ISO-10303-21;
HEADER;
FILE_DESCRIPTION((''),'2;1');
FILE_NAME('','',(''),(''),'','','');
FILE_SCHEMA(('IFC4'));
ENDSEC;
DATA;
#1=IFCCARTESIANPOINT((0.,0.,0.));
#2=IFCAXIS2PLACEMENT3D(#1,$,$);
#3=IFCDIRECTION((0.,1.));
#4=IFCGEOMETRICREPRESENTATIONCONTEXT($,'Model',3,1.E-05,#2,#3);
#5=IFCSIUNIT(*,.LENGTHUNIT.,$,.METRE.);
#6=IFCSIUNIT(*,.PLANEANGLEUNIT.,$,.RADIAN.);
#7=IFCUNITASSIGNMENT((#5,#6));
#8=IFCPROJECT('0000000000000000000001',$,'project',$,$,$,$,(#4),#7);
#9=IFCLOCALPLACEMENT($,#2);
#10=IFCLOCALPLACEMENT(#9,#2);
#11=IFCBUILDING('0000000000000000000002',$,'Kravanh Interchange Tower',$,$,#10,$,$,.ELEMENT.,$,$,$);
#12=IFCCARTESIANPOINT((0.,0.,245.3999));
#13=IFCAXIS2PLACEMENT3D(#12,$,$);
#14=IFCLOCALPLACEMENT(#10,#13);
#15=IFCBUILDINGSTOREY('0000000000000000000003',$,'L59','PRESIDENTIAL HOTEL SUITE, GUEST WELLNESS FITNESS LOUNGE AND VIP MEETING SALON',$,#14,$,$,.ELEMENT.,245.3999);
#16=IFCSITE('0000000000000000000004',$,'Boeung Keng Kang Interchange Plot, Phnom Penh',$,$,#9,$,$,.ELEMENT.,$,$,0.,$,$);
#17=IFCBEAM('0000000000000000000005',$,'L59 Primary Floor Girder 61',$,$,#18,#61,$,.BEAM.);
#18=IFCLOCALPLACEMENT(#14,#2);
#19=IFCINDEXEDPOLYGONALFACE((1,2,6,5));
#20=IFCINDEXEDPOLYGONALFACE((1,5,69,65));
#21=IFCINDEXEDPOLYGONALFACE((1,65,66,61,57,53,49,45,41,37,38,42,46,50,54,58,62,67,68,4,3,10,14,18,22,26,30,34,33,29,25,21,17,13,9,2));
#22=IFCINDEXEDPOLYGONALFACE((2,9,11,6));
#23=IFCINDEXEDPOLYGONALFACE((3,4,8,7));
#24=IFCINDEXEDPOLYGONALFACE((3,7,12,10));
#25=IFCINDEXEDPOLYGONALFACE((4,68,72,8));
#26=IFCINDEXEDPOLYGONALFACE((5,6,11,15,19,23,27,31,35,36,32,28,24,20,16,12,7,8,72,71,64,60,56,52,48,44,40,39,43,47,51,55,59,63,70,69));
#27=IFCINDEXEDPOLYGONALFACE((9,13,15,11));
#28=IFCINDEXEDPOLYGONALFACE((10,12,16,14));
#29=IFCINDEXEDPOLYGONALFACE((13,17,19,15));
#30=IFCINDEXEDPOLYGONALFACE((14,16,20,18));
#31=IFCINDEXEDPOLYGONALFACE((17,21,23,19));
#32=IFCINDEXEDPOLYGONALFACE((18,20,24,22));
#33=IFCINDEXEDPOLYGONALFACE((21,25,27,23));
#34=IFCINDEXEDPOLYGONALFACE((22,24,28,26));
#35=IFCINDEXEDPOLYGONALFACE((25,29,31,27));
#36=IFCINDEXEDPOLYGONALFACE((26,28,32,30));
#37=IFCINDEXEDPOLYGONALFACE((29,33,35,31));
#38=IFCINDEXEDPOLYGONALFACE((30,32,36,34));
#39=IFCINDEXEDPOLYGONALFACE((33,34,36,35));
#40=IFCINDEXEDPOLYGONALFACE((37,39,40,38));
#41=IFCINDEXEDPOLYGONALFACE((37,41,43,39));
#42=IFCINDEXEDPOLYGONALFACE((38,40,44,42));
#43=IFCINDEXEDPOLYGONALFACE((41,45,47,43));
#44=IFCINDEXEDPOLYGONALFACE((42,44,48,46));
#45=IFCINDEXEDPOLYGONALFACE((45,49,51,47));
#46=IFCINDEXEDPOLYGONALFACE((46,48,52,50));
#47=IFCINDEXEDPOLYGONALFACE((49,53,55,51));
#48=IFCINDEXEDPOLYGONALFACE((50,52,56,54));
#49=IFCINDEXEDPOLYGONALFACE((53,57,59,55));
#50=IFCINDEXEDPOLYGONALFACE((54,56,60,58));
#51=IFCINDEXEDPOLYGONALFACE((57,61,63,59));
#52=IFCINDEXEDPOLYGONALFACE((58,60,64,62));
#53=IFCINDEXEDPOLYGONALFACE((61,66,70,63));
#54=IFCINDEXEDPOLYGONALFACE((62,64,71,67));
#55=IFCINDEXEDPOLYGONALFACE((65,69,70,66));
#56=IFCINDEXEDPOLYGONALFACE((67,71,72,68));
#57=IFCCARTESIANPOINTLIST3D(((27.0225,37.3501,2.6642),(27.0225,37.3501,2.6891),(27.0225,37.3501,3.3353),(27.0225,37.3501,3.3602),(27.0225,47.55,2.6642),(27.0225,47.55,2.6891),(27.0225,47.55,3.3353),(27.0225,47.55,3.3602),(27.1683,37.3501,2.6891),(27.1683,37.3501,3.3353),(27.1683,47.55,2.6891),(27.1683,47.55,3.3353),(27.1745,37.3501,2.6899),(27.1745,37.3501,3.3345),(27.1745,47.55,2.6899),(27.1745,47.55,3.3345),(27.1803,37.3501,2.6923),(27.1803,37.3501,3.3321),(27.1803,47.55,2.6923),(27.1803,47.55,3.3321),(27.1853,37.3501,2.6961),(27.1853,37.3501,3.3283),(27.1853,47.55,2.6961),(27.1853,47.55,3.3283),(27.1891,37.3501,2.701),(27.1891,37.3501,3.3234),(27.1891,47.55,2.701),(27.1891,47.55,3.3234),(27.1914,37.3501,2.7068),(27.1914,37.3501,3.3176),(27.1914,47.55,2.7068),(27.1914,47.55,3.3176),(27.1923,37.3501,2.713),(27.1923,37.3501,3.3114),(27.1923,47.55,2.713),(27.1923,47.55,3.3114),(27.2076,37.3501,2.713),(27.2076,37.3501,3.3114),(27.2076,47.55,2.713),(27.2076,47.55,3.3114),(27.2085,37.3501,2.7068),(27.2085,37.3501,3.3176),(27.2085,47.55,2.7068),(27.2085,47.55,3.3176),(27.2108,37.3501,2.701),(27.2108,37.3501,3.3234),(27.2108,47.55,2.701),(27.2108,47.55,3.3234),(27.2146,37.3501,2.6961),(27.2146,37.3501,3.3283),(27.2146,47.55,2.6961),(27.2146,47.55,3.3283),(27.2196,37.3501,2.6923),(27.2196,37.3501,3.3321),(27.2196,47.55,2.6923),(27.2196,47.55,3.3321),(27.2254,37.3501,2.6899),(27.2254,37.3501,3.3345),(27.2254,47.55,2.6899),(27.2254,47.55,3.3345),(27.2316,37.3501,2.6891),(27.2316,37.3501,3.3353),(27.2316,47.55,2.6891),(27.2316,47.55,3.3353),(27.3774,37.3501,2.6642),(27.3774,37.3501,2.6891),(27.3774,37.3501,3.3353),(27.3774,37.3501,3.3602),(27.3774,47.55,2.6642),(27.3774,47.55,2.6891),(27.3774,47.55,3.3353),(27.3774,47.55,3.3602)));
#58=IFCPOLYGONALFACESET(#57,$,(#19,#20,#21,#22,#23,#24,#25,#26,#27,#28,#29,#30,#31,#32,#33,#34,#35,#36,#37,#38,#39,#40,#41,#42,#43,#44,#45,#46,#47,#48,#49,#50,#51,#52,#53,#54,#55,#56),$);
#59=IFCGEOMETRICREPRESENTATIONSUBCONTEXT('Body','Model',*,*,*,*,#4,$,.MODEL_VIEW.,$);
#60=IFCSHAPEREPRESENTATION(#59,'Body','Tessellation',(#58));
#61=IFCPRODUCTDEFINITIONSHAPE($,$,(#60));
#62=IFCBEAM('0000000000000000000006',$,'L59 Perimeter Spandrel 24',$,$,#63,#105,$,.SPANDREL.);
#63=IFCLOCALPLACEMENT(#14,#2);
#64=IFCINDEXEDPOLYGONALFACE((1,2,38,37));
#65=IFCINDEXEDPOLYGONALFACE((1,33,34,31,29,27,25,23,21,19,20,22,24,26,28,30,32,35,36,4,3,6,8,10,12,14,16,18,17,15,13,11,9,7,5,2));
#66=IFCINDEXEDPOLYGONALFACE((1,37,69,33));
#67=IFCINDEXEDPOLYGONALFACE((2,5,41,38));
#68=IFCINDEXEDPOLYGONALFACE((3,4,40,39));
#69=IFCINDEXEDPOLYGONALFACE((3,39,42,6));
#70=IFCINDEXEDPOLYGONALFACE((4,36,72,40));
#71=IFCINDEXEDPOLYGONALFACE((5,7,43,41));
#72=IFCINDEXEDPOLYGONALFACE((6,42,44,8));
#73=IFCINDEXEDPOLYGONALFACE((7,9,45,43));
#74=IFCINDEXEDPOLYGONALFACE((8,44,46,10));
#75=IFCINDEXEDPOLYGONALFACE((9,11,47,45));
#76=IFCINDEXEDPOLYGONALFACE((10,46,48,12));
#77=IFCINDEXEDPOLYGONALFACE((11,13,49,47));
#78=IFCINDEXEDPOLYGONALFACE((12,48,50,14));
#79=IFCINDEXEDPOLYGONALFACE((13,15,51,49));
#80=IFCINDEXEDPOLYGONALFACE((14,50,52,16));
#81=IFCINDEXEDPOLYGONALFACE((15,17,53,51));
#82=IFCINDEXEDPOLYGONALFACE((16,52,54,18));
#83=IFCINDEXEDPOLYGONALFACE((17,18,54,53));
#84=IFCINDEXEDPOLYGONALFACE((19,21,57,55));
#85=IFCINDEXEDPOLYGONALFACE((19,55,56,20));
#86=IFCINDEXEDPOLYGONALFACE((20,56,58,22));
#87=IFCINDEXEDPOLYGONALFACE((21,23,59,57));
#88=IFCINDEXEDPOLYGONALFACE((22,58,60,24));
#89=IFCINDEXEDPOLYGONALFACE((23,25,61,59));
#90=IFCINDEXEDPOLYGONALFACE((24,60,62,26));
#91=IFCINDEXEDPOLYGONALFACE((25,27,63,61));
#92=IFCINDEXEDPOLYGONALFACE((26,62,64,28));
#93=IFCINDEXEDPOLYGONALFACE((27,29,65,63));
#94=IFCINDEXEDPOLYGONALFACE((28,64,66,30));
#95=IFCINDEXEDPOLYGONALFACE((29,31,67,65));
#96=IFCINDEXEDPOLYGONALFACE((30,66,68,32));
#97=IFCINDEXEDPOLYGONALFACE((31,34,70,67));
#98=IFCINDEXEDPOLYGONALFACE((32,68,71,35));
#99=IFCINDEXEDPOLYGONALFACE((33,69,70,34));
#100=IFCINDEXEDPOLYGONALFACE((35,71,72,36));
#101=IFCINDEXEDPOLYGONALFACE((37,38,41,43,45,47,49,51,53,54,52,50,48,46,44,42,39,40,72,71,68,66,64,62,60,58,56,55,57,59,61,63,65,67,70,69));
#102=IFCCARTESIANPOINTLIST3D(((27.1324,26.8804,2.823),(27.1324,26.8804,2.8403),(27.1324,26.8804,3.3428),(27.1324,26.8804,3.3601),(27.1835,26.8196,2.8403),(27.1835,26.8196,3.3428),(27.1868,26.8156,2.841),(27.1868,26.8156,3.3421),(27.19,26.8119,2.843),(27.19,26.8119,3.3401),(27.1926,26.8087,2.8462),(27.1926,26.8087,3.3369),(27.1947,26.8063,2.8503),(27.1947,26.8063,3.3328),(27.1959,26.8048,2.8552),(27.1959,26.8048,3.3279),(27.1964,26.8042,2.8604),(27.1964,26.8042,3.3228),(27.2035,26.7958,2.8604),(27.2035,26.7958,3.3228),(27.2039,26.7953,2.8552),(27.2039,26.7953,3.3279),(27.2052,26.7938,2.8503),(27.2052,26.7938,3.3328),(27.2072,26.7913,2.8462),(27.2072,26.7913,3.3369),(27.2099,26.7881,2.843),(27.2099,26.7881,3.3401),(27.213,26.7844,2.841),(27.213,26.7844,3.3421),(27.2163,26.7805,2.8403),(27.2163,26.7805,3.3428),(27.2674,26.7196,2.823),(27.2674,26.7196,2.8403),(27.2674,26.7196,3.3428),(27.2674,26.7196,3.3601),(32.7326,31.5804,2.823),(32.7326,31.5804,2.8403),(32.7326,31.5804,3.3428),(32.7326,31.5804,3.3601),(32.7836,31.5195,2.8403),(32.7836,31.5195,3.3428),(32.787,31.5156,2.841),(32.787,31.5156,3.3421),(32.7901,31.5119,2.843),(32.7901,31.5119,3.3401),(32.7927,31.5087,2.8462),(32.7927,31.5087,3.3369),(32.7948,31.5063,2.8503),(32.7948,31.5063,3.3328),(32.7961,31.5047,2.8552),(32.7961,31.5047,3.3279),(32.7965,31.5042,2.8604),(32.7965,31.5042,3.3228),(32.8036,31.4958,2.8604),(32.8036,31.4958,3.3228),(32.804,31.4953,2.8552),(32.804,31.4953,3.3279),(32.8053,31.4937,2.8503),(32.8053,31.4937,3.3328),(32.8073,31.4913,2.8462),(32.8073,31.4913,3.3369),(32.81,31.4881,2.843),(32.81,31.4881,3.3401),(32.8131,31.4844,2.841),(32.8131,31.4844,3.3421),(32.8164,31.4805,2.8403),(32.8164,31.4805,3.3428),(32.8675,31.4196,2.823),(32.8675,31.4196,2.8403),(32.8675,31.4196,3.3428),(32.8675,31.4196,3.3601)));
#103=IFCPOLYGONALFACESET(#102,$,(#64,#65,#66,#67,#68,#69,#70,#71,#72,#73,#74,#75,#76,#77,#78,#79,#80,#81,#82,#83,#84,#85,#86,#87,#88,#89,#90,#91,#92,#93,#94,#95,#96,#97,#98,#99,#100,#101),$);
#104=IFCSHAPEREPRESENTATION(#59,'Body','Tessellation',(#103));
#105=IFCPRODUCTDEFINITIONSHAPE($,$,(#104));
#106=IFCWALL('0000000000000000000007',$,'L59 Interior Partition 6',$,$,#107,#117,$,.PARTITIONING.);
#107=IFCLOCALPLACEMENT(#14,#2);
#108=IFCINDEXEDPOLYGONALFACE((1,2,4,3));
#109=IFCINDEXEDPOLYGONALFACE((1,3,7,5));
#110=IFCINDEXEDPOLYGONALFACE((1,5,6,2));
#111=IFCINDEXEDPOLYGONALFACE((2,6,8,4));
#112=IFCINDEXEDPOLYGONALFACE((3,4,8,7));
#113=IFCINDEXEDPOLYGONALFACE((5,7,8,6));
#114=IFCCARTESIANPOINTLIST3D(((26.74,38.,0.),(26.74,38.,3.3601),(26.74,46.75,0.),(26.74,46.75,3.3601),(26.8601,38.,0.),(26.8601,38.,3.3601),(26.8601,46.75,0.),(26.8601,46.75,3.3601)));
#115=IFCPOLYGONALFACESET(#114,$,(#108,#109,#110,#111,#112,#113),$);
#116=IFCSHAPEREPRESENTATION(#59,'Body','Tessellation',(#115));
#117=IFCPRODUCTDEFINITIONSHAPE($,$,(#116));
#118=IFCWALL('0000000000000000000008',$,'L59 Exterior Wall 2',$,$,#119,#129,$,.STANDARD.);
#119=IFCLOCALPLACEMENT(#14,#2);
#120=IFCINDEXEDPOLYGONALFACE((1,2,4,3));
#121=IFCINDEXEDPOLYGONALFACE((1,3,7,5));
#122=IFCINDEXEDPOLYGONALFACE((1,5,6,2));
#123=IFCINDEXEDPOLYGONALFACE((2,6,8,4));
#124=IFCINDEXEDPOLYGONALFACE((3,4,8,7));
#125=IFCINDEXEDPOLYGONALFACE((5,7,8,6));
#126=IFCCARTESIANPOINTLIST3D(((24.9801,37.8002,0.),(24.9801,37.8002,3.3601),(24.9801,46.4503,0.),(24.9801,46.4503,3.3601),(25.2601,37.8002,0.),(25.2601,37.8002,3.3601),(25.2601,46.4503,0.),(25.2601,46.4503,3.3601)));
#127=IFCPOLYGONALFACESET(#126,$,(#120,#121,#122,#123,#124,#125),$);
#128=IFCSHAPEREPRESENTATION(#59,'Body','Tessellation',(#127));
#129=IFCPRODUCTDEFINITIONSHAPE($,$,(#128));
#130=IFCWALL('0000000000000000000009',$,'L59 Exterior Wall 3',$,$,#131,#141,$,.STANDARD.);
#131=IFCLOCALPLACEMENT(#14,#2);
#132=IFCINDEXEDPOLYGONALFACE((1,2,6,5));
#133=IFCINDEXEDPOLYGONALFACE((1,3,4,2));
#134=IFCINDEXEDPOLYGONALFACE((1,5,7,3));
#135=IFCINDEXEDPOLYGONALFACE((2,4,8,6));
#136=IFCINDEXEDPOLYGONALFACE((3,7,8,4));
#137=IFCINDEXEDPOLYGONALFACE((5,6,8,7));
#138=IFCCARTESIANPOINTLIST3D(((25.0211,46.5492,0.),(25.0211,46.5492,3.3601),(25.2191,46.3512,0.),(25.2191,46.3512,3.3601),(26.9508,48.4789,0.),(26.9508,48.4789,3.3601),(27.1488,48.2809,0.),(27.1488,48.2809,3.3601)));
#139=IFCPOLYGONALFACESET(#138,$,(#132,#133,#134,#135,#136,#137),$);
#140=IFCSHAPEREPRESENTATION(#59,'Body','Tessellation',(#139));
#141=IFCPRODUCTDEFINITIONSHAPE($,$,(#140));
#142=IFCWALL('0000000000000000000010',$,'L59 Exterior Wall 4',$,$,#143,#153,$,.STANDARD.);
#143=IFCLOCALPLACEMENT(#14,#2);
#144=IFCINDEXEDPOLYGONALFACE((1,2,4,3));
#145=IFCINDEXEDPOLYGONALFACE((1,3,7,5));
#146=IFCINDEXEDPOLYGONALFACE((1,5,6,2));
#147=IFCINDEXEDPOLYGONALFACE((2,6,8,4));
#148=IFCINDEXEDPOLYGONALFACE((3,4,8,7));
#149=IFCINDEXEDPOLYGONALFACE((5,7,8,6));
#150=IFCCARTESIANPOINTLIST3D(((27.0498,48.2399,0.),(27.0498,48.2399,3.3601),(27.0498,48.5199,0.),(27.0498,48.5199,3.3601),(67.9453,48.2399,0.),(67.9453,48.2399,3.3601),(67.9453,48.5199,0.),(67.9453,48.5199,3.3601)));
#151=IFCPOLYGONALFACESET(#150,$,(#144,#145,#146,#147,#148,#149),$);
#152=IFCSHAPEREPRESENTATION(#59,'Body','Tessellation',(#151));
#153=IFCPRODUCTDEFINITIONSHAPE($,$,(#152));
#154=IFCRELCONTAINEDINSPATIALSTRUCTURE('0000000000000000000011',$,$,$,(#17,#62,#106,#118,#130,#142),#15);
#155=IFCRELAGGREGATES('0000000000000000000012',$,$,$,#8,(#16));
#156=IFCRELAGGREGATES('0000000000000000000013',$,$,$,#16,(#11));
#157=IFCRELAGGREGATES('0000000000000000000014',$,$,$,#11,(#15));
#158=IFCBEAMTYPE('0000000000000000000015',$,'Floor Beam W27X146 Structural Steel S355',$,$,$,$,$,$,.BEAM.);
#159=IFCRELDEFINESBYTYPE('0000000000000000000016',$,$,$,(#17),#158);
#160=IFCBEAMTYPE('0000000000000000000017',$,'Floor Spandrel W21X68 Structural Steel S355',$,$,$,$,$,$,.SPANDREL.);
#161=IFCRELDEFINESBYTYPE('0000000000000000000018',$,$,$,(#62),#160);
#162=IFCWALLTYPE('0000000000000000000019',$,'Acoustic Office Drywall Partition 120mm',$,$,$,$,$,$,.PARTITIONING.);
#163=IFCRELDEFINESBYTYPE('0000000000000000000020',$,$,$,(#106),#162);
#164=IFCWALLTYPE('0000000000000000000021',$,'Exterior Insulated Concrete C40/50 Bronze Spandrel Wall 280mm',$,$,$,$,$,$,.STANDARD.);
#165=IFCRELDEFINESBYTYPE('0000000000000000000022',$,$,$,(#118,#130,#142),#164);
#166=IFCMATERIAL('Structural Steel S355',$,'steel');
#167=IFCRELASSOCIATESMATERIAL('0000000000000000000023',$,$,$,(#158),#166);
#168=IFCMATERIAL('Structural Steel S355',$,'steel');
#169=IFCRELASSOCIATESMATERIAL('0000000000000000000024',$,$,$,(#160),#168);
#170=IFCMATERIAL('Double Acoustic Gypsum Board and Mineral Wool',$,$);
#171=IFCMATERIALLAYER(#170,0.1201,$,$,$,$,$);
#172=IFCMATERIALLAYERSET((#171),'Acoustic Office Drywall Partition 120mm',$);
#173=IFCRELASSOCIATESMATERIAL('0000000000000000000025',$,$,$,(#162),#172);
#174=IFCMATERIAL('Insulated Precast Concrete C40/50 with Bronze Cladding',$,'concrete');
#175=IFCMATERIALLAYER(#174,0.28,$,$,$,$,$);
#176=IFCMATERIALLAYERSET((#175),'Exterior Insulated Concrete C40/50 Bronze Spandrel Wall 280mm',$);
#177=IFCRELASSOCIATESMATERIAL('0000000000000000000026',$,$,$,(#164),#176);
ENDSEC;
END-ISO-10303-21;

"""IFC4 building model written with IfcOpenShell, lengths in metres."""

from ifc_helpers import new_model, si_unit, direction, frame, frame_2d, origin, origin_2d, place, context, subcontext, project, spatial, rectangle, i_section, extrude, material, layer, layer_set, material_profile, profile_set, type_object, element, save


model = new_model("IFC4")

# Units and contexts
model_context = context("Model", 3, precision=1e-05, world=origin(), true_north=direction((0.0, 1.0)))
body_context = subcontext(model_context, "Body", "Model", "MODEL_VIEW")
ifc_project = project(units=[si_unit("LENGTHUNIT", "METRE"), si_unit("PLANEANGLEUNIT", "RADIAN")], contexts=[model_context])

# Site, building, storey
site_placement = place(None, origin())
site = spatial("IfcSite", under=ifc_project, at=site_placement, Name="Boeung Keng Kang Interchange Plot, Phnom Penh", CompositionType="ELEMENT", RefElevation=0.0)
building_placement = place(site_placement, origin())
building = spatial("IfcBuilding", under=site, at=building_placement, Name="Kravanh Interchange Tower", CompositionType="ELEMENT")
storey_placement = place(building_placement, frame((0.0, 0.0, 245.3999)))
storey = spatial("IfcBuildingStorey", under=building, at=storey_placement, Name="L59", Description="PRESIDENTIAL HOTEL SUITE, GUEST WELLNESS FITNESS LOUNGE AND VIP MEETING SALON", CompositionType="ELEMENT", Elevation=245.3999)

# Beams
ifc_material_1 = material(Name="Structural Steel S355", Category="steel")
ifc_material_profile_1 = material_profile(ifc_material_1, i_section(OverallWidth=0.355, OverallDepth=0.696, WebThickness=0.0154, FlangeThickness=0.0249, FilletRadius=0.0239, at=origin_2d()), Name="W27X146")
ifc_profile_set_1 = profile_set([ifc_material_profile_1], Name="Structural Steel S355")
beam_type_1 = type_object("IfcBeamType", Name="Floor Beam W27X146 Structural Steel S355", PredefinedType="BEAM", material=ifc_profile_set_1)
beam_1_placement = place(storey_placement, frame((27.2, 37.3501, 3.0122), z_axis=(0.0, 1.0, 0.0), x_axis=(-1.0, 0.0, 0.0)))
element("IfcBeam", 1, at=beam_1_placement, inside=storey, type_object=beam_type_1, Name="L59 Primary Floor Girder 61", PredefinedType="BEAM", context=body_context, shape_type="SweptSolid", body=[
    extrude(i_section(OverallWidth=0.355, OverallDepth=0.696, WebThickness=0.0154, FlangeThickness=0.0249, FilletRadius=0.0239, at=origin_2d()), origin(), (0.0, 0.0, 1.0), 10.2),
])
ifc_material_2 = material(Name="Structural Steel S355", Category="steel")
ifc_material_profile_2 = material_profile(ifc_material_2, i_section(OverallWidth=0.21, OverallDepth=0.5371, WebThickness=0.011, FlangeThickness=0.0173, FilletRadius=0.02, at=origin_2d()), Name="W21X68")
ifc_profile_set_2 = profile_set([ifc_material_profile_2], Name="Structural Steel S355")
beam_type_2 = type_object("IfcBeamType", Name="Floor Spandrel W21X68 Structural Steel S355", PredefinedType="SPANDREL", material=ifc_profile_set_2)
beam_2_placement = place(storey_placement, frame((32.8, 31.5, 3.0916), z_axis=(-0.765983, -0.642861, 0.0), x_axis=(0.642861, -0.765983, 0.0)))
element("IfcBeam", 2, at=beam_2_placement, inside=storey, type_object=beam_type_2, Name="L59 Perimeter Spandrel 24", PredefinedType="SPANDREL", context=body_context, shape_type="SweptSolid", body=[
    extrude(i_section(OverallWidth=0.21, OverallDepth=0.5371, WebThickness=0.011, FlangeThickness=0.0173, FilletRadius=0.02, at=origin_2d()), origin(), (0.0, 0.0, 1.0), 7.311),
])

# Walls
ifc_material_3 = material(Name="Double Acoustic Gypsum Board and Mineral Wool")
ifc_layer_1 = layer(ifc_material_3, 0.1201)
ifc_layer_set_1 = layer_set([ifc_layer_1], Name="Acoustic Office Drywall Partition 120mm")
wall_type_1 = type_object("IfcWallType", Name="Acoustic Office Drywall Partition 120mm", PredefinedType="PARTITIONING", material=ifc_layer_set_1)
wall_1_placement = place(storey_placement, frame((26.8, 38.0, 0.0), z_axis=(0.0, 0.0, 1.0), x_axis=(0.0, 1.0, 0.0)))
element("IfcWall", 3, at=wall_1_placement, inside=storey, type_object=wall_type_1, Name="L59 Interior Partition 6", PredefinedType="PARTITIONING", context=body_context, shape_type="SweptSolid", body=[
    extrude(rectangle(XDim=8.75, YDim=0.1201, at=frame_2d((4.375, 0.0))), origin(), (0.0, 0.0, 1.0), 3.3601),
])
ifc_material_4 = material(Name="Insulated Precast Concrete C40/50 with Bronze Cladding", Category="concrete")
ifc_layer_2 = layer(ifc_material_4, 0.28)
ifc_layer_set_2 = layer_set([ifc_layer_2], Name="Exterior Insulated Concrete C40/50 Bronze Spandrel Wall 280mm")
wall_type_2 = type_object("IfcWallType", Name="Exterior Insulated Concrete C40/50 Bronze Spandrel Wall 280mm", PredefinedType="STANDARD", material=ifc_layer_set_2)
wall_2_placement = place(storey_placement, frame((25.1201, 37.8, 0.0), z_axis=(0.0, 0.0, 1.0), x_axis=(0.0, 1.0, 0.0)))
element("IfcWall", 4, at=wall_2_placement, inside=storey, type_object=wall_type_2, Name="L59 Exterior Wall 2", PredefinedType="STANDARD", context=body_context, shape_type="SweptSolid", body=[
    extrude(rectangle(XDim=8.6501, YDim=0.28, at=frame_2d((4.3252, 0.0))), origin(), (0.0, 0.0, 1.0), 3.3601),
])
wall_3_placement = place(storey_placement, frame((25.1201, 46.4502, 0.0), z_axis=(0.0, 0.0, 1.0), x_axis=(0.707107, 0.707107, 0.0)))
element("IfcWall", 5, at=wall_3_placement, inside=storey, type_object=wall_type_2, Name="L59 Exterior Wall 3", PredefinedType="STANDARD", context=body_context, shape_type="SweptSolid", body=[
    extrude(rectangle(XDim=2.729, YDim=0.28, at=frame_2d((1.3645, 0.0))), origin(), (0.0, 0.0, 1.0), 3.3601),
])
wall_4_placement = place(storey_placement, frame((27.0498, 48.3799, 0.0), z_axis=(0.0, 0.0, 1.0), x_axis=(1.0, 0.0, 0.0)))
element("IfcWall", 6, at=wall_4_placement, inside=storey, type_object=wall_type_2, Name="L59 Exterior Wall 4", PredefinedType="STANDARD", context=body_context, shape_type="SweptSolid", body=[
    extrude(rectangle(XDim=40.8955, YDim=0.28, at=frame_2d((20.4478, 0.0))), origin(), (0.0, 0.0, 1.0), 3.3601),
])

save(model, "model.ifc")
